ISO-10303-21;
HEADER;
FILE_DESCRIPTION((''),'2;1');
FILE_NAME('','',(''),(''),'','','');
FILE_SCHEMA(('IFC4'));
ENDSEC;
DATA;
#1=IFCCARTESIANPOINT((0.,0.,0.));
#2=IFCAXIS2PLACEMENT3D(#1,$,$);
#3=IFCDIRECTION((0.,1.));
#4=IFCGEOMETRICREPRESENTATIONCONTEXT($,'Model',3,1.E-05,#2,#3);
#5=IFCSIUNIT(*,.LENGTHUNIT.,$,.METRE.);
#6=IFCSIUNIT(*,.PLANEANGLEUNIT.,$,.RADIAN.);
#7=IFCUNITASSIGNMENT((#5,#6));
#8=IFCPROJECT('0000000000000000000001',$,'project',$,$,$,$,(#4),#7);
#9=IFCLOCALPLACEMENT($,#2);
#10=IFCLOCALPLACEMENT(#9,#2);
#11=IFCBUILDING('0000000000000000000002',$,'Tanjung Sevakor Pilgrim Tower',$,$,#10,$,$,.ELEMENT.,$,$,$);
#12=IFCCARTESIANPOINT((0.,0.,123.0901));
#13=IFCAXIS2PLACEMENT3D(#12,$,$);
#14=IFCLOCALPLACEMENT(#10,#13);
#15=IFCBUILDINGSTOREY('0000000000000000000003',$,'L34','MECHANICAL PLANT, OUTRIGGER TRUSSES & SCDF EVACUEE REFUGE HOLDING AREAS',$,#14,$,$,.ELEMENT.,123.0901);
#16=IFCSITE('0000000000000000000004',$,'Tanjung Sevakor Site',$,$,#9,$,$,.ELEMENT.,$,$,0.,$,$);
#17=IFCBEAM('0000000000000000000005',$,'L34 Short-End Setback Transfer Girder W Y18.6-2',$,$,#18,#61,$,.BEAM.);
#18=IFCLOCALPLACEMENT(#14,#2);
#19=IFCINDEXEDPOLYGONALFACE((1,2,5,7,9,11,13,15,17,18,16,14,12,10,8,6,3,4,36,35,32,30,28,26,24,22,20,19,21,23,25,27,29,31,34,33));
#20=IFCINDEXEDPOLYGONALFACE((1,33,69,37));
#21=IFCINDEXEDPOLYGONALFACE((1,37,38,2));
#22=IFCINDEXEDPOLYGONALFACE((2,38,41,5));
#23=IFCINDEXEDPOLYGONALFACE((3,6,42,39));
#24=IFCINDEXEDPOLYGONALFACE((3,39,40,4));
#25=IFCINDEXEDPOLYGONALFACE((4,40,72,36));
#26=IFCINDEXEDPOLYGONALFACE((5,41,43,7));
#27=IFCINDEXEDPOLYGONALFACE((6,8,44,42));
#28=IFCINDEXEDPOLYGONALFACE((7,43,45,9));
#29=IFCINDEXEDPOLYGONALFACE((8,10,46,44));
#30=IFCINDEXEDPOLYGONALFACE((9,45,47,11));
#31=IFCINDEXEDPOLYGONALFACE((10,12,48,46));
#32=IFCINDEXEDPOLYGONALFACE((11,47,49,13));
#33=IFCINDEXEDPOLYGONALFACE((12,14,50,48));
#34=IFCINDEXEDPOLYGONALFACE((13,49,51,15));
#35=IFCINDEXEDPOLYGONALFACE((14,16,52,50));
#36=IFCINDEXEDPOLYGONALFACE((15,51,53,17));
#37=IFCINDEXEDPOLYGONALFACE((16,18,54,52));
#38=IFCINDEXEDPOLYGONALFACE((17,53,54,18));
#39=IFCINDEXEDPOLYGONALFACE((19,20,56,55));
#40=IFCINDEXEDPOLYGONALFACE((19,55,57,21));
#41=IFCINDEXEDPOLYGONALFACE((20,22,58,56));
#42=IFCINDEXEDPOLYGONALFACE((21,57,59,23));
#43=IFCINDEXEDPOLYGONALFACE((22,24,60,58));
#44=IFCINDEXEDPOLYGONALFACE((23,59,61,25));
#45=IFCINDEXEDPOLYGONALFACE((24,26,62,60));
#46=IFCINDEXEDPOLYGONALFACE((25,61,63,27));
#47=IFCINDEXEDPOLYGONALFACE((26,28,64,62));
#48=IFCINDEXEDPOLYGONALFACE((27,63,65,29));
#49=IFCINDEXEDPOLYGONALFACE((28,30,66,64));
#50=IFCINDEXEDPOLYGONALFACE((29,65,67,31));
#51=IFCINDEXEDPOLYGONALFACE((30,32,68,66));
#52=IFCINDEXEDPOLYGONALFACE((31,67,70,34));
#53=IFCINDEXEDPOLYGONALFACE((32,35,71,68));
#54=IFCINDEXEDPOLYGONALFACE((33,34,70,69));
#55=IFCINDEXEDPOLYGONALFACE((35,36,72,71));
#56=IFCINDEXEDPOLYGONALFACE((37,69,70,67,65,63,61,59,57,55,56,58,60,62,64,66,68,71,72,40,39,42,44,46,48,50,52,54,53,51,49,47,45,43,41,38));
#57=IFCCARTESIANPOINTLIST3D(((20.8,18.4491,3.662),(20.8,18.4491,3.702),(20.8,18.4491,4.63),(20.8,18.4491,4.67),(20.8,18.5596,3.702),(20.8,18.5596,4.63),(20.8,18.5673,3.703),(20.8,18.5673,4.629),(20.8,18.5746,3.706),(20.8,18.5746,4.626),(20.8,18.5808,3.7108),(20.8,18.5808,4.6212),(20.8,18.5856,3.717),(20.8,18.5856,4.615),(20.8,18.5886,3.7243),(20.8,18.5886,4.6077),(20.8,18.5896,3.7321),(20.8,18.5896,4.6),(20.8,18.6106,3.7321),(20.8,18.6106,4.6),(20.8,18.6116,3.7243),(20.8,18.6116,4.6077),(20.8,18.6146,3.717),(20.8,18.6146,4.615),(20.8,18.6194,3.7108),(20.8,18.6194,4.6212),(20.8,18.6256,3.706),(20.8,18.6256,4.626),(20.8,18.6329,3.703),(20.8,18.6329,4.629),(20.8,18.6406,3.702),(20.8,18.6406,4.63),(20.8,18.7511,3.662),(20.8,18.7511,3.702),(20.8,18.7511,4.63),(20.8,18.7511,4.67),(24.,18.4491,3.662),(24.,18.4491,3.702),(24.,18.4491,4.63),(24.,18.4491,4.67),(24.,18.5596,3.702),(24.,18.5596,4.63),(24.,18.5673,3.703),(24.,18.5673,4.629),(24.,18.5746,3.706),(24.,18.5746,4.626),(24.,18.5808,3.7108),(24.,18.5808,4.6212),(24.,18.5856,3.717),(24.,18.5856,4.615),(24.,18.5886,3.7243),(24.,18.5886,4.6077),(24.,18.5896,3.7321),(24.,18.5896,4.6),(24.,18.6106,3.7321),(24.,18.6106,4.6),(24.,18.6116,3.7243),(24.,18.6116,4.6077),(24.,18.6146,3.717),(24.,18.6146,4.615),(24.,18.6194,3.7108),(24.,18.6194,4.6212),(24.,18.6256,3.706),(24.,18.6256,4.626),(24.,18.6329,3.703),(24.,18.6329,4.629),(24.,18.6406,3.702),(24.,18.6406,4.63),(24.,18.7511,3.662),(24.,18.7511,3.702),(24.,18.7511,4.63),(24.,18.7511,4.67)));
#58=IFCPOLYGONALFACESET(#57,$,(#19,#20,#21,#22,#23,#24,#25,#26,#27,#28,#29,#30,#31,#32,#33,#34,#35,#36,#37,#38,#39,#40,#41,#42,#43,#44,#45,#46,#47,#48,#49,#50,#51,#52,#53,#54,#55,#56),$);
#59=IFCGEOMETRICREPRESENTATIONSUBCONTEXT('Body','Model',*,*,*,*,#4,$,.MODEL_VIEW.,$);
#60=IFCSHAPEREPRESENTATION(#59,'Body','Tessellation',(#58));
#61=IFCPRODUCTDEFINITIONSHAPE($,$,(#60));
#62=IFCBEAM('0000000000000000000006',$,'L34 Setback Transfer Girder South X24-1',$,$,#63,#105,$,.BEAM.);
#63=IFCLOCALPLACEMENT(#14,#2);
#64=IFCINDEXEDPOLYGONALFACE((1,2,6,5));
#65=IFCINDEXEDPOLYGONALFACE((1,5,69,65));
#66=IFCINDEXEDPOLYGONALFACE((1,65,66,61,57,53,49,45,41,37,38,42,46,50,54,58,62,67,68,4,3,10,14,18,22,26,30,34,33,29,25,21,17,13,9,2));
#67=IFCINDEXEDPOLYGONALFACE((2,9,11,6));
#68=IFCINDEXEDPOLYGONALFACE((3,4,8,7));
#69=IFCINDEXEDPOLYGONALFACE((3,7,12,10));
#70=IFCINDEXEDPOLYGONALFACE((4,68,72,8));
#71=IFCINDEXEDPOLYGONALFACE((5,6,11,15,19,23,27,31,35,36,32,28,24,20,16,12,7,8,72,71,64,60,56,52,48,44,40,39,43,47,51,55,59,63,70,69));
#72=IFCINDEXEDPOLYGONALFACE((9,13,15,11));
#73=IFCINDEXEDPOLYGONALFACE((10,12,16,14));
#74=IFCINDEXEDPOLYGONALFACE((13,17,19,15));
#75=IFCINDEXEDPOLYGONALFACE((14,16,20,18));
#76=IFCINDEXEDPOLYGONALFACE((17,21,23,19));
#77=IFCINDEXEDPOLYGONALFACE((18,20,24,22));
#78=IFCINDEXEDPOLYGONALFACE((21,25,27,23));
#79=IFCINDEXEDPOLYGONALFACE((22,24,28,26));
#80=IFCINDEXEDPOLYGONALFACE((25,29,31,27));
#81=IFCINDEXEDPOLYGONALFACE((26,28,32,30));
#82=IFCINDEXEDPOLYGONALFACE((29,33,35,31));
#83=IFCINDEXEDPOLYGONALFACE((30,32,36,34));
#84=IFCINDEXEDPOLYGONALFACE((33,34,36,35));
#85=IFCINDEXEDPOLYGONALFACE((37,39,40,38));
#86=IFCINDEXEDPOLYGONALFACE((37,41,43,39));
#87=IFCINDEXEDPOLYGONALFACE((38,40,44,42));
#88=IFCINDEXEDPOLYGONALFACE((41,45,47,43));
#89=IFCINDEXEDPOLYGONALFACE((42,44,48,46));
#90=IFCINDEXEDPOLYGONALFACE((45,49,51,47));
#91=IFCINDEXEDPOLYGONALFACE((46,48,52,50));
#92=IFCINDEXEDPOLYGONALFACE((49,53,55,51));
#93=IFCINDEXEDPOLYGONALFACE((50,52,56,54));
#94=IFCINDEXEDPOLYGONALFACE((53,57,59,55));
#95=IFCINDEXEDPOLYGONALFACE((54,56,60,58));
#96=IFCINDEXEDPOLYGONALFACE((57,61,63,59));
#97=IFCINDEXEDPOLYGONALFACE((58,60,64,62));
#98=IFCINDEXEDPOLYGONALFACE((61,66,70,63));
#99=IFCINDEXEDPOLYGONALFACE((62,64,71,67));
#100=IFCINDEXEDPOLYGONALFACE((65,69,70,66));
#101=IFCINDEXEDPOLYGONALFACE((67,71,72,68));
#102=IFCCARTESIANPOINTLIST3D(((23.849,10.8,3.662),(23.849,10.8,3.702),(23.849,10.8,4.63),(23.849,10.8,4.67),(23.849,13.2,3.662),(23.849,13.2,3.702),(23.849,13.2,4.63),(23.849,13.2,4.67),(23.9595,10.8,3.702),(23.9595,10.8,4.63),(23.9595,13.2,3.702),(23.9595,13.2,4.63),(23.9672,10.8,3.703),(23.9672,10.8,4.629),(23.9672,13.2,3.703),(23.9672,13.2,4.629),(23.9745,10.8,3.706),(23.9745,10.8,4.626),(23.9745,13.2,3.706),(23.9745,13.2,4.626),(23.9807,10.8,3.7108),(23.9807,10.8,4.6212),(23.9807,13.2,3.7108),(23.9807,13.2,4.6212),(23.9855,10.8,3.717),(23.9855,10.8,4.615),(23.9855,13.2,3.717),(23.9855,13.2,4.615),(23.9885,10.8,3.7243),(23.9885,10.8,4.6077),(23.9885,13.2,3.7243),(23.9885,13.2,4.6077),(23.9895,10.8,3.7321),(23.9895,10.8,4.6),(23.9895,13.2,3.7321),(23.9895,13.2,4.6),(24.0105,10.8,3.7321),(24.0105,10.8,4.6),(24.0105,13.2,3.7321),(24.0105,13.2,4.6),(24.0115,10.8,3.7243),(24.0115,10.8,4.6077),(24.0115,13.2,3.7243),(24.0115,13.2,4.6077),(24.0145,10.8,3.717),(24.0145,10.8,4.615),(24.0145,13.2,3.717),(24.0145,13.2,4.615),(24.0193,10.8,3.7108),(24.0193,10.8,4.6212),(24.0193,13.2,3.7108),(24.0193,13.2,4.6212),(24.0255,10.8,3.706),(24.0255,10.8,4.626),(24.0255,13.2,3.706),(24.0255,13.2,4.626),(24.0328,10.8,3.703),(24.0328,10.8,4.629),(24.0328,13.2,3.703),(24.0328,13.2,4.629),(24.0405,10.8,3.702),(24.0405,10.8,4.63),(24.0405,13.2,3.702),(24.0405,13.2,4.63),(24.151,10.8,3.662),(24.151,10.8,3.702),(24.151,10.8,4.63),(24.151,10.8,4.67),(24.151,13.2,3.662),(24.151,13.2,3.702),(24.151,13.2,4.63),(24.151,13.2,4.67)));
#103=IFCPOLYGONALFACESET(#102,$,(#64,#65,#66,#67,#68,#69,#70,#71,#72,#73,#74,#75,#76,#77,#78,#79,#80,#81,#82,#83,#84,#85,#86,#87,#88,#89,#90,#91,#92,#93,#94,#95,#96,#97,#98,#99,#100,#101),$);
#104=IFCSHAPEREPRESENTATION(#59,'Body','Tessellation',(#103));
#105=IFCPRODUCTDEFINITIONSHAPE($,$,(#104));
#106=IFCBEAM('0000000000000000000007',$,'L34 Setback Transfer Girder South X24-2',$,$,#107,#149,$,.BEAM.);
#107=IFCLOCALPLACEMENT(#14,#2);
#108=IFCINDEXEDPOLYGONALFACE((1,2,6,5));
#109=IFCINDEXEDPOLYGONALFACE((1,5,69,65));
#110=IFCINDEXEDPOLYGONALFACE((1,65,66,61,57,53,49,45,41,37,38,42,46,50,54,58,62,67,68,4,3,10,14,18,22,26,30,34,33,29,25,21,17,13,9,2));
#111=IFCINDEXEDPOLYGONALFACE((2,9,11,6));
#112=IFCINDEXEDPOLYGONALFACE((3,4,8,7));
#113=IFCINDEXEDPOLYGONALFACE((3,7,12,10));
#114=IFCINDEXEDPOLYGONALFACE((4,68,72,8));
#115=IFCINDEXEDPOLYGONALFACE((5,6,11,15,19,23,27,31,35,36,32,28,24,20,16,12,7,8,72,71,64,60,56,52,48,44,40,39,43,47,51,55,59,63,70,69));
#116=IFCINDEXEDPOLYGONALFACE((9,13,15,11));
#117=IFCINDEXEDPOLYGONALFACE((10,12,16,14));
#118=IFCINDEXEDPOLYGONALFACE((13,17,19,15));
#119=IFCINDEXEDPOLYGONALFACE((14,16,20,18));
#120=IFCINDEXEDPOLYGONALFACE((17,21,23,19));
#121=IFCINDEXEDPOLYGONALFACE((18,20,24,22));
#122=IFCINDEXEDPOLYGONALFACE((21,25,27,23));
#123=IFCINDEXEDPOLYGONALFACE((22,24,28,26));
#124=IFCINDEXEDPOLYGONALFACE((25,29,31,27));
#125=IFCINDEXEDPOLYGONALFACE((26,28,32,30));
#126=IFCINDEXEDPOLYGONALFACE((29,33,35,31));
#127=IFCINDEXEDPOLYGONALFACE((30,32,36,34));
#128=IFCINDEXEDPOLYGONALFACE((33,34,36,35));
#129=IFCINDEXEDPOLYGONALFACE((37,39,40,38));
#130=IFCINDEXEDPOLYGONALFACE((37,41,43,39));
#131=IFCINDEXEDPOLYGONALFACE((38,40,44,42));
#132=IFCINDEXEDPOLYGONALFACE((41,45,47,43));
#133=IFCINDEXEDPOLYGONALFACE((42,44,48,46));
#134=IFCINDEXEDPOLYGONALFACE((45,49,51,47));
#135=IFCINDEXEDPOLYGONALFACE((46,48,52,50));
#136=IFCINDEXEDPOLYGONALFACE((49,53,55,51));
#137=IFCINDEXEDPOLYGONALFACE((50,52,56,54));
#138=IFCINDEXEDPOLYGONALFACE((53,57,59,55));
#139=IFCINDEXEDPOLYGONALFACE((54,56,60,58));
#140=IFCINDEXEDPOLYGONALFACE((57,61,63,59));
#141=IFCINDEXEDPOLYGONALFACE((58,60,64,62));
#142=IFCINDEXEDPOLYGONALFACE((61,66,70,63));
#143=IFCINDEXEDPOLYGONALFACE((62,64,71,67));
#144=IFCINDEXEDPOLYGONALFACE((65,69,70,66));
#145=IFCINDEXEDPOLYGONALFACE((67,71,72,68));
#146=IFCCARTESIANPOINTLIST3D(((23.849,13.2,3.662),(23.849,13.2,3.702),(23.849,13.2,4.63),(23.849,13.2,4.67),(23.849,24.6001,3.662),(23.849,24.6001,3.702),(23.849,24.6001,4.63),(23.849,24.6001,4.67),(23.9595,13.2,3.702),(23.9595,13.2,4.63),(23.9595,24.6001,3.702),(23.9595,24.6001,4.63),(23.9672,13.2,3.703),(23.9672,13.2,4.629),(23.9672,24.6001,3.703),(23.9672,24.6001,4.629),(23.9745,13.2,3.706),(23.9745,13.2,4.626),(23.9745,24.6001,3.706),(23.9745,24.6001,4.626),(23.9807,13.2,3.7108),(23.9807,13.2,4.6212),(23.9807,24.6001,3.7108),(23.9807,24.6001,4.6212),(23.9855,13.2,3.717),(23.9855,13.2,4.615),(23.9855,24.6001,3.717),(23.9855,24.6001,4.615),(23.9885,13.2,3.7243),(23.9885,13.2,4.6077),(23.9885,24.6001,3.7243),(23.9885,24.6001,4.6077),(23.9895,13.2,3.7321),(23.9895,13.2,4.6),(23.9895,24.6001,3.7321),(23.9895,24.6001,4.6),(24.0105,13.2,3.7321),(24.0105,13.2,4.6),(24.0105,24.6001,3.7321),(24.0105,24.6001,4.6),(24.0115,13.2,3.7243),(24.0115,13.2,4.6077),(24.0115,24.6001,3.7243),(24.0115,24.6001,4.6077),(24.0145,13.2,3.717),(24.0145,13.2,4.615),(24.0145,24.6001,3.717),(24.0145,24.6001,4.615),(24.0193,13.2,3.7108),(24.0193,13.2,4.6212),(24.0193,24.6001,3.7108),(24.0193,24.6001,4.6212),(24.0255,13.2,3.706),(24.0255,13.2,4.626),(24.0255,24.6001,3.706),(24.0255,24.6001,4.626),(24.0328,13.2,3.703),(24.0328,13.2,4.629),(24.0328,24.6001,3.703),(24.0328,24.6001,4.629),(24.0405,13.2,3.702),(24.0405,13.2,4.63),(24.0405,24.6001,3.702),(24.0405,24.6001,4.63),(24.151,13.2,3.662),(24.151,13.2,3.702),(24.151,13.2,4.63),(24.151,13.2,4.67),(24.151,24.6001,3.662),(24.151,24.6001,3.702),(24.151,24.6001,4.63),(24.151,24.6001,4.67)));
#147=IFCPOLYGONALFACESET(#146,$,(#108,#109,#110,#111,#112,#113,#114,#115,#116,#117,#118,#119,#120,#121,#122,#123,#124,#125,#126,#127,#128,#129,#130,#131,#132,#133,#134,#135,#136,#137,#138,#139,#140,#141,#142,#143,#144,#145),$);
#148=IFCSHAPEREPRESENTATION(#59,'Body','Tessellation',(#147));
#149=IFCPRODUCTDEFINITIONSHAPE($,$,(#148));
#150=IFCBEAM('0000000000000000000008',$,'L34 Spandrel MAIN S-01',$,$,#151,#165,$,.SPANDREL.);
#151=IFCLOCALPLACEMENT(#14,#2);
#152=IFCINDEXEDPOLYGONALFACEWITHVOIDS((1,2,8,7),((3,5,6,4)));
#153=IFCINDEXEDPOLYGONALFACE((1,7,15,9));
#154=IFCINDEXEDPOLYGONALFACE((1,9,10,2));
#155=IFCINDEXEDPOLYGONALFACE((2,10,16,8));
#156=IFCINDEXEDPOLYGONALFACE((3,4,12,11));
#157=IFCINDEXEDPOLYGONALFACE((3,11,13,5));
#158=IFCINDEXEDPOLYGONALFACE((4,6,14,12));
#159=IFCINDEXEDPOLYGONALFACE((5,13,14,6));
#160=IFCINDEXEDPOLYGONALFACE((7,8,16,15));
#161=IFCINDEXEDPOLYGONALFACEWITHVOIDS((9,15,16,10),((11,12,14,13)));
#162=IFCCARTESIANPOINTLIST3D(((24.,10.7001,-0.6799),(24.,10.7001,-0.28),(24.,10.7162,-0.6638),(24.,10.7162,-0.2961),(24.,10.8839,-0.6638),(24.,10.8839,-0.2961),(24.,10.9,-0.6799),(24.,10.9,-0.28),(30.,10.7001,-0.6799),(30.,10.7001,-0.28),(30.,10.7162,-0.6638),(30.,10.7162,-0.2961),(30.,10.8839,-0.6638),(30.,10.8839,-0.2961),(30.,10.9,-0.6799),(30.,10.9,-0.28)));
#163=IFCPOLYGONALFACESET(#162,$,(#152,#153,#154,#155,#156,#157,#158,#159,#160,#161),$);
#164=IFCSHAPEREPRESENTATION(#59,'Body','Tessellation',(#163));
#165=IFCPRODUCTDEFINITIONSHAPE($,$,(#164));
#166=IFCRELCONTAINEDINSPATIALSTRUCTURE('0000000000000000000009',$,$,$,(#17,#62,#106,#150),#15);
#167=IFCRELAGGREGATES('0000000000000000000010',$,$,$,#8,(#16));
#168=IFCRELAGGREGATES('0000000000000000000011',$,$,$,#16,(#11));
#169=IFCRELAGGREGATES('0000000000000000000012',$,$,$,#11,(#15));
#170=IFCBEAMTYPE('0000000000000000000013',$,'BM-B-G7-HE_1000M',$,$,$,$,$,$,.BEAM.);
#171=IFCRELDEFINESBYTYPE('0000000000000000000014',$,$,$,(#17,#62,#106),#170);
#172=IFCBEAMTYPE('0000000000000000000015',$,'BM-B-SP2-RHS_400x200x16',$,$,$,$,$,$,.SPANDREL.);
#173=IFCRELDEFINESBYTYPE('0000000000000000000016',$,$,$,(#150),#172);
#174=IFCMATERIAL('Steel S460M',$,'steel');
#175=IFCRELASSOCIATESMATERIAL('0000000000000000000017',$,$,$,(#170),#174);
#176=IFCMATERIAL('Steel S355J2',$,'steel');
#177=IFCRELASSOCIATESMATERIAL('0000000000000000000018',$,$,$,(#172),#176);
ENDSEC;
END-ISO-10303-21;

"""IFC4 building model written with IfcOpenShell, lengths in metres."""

from ifc_helpers import new_model, si_unit, direction, frame, origin, origin_2d, place, context, subcontext, project, spatial, hollow_rectangle, i_section, extrude, material, material_profile, profile_set, type_object, element, save


model = new_model("IFC4")

# Units and contexts
model_context = context("Model", 3, precision=1e-05, world=origin(), true_north=direction((0.0, 1.0)))
body_context = subcontext(model_context, "Body", "Model", "MODEL_VIEW")
ifc_project = project(units=[si_unit("LENGTHUNIT", "METRE"), si_unit("PLANEANGLEUNIT", "RADIAN")], contexts=[model_context])

# Site, building, storey
site_placement = place(None, origin())
site = spatial("IfcSite", under=ifc_project, at=site_placement, Name="Tanjung Sevakor Site", CompositionType="ELEMENT", RefElevation=0.0)
building_placement = place(site_placement, origin())
building = spatial("IfcBuilding", under=site, at=building_placement, Name="Tanjung Sevakor Pilgrim Tower", CompositionType="ELEMENT")
storey_placement = place(building_placement, frame((0.0, 0.0, 123.0901)))
storey = spatial("IfcBuildingStorey", under=building, at=storey_placement, Name="L34", Description="MECHANICAL PLANT, OUTRIGGER TRUSSES & SCDF EVACUEE REFUGE HOLDING AREAS", CompositionType="ELEMENT", Elevation=123.0901)

# Beams
ifc_material_1 = material(Name="Steel S460M", Category="steel")
ifc_material_profile_1 = material_profile(ifc_material_1, i_section(OverallWidth=0.302, OverallDepth=1.0081, WebThickness=0.021, FlangeThickness=0.04, FilletRadius=0.03, at=origin_2d()))
ifc_profile_set_1 = profile_set([ifc_material_profile_1], Name="Steel S460M")
beam_type_1 = type_object("IfcBeamType", Name="BM-B-G7-HE_1000M", PredefinedType="BEAM", material=ifc_profile_set_1)
beam_1_placement = place(storey_placement, frame((20.8, 18.6001, 4.166), z_axis=(1.0, 0.0, 0.0), x_axis=(0.0, 1.0, 0.0)))
element("IfcBeam", 1, at=beam_1_placement, inside=storey, type_object=beam_type_1, Name="L34 Short-End Setback Transfer Girder W Y18.6-2", PredefinedType="BEAM", context=body_context, shape_type="SweptSolid", body=[
    extrude(i_section(OverallWidth=0.302, OverallDepth=1.0081, WebThickness=0.021, FlangeThickness=0.04, FilletRadius=0.03, at=origin_2d()), origin(), (0.0, 0.0, 1.0), 3.2),
])
beam_2_placement = place(storey_placement, frame((24.0, 10.8, 4.166), z_axis=(0.0, 1.0, 0.0), x_axis=(-1.0, 0.0, 0.0)))
element("IfcBeam", 2, at=beam_2_placement, inside=storey, type_object=beam_type_1, Name="L34 Setback Transfer Girder South X24-1", PredefinedType="BEAM", context=body_context, shape_type="SweptSolid", body=[
    extrude(i_section(OverallWidth=0.302, OverallDepth=1.0081, WebThickness=0.021, FlangeThickness=0.04, FilletRadius=0.03, at=origin_2d()), origin(), (0.0, 0.0, 1.0), 2.3999),
])
beam_3_placement = place(storey_placement, frame((24.0, 13.2, 4.166), z_axis=(0.0, 1.0, 0.0), x_axis=(-1.0, 0.0, 0.0)))
element("IfcBeam", 3, at=beam_3_placement, inside=storey, type_object=beam_type_1, Name="L34 Setback Transfer Girder South X24-2", PredefinedType="BEAM", context=body_context, shape_type="SweptSolid", body=[
    extrude(i_section(OverallWidth=0.302, OverallDepth=1.0081, WebThickness=0.021, FlangeThickness=0.04, FilletRadius=0.03, at=origin_2d()), origin(), (0.0, 0.0, 1.0), 11.4001),
])
ifc_material_2 = material(Name="Steel S355J2", Category="steel")
ifc_material_profile_2 = material_profile(ifc_material_2, hollow_rectangle(XDim=0.2, YDim=0.3999, WallThickness=0.0161, at=origin_2d()))
ifc_profile_set_2 = profile_set([ifc_material_profile_2], Name="Steel S355J2")
beam_type_2 = type_object("IfcBeamType", Name="BM-B-SP2-RHS_400x200x16", PredefinedType="SPANDREL", material=ifc_profile_set_2)
beam_4_placement = place(storey_placement, frame((24.0, 10.8, -0.48), z_axis=(1.0, 0.0, 0.0), x_axis=(0.0, 1.0, 0.0)))
element("IfcBeam", 4, at=beam_4_placement, inside=storey, type_object=beam_type_2, Name="L34 Spandrel MAIN S-01", PredefinedType="SPANDREL", context=body_context, shape_type="SweptSolid", body=[
    extrude(hollow_rectangle(XDim=0.2, YDim=0.3999, WallThickness=0.0161, at=origin_2d()), origin(), (0.0, 0.0, 1.0), 6.0),
])

save(model, "model.ifc")
